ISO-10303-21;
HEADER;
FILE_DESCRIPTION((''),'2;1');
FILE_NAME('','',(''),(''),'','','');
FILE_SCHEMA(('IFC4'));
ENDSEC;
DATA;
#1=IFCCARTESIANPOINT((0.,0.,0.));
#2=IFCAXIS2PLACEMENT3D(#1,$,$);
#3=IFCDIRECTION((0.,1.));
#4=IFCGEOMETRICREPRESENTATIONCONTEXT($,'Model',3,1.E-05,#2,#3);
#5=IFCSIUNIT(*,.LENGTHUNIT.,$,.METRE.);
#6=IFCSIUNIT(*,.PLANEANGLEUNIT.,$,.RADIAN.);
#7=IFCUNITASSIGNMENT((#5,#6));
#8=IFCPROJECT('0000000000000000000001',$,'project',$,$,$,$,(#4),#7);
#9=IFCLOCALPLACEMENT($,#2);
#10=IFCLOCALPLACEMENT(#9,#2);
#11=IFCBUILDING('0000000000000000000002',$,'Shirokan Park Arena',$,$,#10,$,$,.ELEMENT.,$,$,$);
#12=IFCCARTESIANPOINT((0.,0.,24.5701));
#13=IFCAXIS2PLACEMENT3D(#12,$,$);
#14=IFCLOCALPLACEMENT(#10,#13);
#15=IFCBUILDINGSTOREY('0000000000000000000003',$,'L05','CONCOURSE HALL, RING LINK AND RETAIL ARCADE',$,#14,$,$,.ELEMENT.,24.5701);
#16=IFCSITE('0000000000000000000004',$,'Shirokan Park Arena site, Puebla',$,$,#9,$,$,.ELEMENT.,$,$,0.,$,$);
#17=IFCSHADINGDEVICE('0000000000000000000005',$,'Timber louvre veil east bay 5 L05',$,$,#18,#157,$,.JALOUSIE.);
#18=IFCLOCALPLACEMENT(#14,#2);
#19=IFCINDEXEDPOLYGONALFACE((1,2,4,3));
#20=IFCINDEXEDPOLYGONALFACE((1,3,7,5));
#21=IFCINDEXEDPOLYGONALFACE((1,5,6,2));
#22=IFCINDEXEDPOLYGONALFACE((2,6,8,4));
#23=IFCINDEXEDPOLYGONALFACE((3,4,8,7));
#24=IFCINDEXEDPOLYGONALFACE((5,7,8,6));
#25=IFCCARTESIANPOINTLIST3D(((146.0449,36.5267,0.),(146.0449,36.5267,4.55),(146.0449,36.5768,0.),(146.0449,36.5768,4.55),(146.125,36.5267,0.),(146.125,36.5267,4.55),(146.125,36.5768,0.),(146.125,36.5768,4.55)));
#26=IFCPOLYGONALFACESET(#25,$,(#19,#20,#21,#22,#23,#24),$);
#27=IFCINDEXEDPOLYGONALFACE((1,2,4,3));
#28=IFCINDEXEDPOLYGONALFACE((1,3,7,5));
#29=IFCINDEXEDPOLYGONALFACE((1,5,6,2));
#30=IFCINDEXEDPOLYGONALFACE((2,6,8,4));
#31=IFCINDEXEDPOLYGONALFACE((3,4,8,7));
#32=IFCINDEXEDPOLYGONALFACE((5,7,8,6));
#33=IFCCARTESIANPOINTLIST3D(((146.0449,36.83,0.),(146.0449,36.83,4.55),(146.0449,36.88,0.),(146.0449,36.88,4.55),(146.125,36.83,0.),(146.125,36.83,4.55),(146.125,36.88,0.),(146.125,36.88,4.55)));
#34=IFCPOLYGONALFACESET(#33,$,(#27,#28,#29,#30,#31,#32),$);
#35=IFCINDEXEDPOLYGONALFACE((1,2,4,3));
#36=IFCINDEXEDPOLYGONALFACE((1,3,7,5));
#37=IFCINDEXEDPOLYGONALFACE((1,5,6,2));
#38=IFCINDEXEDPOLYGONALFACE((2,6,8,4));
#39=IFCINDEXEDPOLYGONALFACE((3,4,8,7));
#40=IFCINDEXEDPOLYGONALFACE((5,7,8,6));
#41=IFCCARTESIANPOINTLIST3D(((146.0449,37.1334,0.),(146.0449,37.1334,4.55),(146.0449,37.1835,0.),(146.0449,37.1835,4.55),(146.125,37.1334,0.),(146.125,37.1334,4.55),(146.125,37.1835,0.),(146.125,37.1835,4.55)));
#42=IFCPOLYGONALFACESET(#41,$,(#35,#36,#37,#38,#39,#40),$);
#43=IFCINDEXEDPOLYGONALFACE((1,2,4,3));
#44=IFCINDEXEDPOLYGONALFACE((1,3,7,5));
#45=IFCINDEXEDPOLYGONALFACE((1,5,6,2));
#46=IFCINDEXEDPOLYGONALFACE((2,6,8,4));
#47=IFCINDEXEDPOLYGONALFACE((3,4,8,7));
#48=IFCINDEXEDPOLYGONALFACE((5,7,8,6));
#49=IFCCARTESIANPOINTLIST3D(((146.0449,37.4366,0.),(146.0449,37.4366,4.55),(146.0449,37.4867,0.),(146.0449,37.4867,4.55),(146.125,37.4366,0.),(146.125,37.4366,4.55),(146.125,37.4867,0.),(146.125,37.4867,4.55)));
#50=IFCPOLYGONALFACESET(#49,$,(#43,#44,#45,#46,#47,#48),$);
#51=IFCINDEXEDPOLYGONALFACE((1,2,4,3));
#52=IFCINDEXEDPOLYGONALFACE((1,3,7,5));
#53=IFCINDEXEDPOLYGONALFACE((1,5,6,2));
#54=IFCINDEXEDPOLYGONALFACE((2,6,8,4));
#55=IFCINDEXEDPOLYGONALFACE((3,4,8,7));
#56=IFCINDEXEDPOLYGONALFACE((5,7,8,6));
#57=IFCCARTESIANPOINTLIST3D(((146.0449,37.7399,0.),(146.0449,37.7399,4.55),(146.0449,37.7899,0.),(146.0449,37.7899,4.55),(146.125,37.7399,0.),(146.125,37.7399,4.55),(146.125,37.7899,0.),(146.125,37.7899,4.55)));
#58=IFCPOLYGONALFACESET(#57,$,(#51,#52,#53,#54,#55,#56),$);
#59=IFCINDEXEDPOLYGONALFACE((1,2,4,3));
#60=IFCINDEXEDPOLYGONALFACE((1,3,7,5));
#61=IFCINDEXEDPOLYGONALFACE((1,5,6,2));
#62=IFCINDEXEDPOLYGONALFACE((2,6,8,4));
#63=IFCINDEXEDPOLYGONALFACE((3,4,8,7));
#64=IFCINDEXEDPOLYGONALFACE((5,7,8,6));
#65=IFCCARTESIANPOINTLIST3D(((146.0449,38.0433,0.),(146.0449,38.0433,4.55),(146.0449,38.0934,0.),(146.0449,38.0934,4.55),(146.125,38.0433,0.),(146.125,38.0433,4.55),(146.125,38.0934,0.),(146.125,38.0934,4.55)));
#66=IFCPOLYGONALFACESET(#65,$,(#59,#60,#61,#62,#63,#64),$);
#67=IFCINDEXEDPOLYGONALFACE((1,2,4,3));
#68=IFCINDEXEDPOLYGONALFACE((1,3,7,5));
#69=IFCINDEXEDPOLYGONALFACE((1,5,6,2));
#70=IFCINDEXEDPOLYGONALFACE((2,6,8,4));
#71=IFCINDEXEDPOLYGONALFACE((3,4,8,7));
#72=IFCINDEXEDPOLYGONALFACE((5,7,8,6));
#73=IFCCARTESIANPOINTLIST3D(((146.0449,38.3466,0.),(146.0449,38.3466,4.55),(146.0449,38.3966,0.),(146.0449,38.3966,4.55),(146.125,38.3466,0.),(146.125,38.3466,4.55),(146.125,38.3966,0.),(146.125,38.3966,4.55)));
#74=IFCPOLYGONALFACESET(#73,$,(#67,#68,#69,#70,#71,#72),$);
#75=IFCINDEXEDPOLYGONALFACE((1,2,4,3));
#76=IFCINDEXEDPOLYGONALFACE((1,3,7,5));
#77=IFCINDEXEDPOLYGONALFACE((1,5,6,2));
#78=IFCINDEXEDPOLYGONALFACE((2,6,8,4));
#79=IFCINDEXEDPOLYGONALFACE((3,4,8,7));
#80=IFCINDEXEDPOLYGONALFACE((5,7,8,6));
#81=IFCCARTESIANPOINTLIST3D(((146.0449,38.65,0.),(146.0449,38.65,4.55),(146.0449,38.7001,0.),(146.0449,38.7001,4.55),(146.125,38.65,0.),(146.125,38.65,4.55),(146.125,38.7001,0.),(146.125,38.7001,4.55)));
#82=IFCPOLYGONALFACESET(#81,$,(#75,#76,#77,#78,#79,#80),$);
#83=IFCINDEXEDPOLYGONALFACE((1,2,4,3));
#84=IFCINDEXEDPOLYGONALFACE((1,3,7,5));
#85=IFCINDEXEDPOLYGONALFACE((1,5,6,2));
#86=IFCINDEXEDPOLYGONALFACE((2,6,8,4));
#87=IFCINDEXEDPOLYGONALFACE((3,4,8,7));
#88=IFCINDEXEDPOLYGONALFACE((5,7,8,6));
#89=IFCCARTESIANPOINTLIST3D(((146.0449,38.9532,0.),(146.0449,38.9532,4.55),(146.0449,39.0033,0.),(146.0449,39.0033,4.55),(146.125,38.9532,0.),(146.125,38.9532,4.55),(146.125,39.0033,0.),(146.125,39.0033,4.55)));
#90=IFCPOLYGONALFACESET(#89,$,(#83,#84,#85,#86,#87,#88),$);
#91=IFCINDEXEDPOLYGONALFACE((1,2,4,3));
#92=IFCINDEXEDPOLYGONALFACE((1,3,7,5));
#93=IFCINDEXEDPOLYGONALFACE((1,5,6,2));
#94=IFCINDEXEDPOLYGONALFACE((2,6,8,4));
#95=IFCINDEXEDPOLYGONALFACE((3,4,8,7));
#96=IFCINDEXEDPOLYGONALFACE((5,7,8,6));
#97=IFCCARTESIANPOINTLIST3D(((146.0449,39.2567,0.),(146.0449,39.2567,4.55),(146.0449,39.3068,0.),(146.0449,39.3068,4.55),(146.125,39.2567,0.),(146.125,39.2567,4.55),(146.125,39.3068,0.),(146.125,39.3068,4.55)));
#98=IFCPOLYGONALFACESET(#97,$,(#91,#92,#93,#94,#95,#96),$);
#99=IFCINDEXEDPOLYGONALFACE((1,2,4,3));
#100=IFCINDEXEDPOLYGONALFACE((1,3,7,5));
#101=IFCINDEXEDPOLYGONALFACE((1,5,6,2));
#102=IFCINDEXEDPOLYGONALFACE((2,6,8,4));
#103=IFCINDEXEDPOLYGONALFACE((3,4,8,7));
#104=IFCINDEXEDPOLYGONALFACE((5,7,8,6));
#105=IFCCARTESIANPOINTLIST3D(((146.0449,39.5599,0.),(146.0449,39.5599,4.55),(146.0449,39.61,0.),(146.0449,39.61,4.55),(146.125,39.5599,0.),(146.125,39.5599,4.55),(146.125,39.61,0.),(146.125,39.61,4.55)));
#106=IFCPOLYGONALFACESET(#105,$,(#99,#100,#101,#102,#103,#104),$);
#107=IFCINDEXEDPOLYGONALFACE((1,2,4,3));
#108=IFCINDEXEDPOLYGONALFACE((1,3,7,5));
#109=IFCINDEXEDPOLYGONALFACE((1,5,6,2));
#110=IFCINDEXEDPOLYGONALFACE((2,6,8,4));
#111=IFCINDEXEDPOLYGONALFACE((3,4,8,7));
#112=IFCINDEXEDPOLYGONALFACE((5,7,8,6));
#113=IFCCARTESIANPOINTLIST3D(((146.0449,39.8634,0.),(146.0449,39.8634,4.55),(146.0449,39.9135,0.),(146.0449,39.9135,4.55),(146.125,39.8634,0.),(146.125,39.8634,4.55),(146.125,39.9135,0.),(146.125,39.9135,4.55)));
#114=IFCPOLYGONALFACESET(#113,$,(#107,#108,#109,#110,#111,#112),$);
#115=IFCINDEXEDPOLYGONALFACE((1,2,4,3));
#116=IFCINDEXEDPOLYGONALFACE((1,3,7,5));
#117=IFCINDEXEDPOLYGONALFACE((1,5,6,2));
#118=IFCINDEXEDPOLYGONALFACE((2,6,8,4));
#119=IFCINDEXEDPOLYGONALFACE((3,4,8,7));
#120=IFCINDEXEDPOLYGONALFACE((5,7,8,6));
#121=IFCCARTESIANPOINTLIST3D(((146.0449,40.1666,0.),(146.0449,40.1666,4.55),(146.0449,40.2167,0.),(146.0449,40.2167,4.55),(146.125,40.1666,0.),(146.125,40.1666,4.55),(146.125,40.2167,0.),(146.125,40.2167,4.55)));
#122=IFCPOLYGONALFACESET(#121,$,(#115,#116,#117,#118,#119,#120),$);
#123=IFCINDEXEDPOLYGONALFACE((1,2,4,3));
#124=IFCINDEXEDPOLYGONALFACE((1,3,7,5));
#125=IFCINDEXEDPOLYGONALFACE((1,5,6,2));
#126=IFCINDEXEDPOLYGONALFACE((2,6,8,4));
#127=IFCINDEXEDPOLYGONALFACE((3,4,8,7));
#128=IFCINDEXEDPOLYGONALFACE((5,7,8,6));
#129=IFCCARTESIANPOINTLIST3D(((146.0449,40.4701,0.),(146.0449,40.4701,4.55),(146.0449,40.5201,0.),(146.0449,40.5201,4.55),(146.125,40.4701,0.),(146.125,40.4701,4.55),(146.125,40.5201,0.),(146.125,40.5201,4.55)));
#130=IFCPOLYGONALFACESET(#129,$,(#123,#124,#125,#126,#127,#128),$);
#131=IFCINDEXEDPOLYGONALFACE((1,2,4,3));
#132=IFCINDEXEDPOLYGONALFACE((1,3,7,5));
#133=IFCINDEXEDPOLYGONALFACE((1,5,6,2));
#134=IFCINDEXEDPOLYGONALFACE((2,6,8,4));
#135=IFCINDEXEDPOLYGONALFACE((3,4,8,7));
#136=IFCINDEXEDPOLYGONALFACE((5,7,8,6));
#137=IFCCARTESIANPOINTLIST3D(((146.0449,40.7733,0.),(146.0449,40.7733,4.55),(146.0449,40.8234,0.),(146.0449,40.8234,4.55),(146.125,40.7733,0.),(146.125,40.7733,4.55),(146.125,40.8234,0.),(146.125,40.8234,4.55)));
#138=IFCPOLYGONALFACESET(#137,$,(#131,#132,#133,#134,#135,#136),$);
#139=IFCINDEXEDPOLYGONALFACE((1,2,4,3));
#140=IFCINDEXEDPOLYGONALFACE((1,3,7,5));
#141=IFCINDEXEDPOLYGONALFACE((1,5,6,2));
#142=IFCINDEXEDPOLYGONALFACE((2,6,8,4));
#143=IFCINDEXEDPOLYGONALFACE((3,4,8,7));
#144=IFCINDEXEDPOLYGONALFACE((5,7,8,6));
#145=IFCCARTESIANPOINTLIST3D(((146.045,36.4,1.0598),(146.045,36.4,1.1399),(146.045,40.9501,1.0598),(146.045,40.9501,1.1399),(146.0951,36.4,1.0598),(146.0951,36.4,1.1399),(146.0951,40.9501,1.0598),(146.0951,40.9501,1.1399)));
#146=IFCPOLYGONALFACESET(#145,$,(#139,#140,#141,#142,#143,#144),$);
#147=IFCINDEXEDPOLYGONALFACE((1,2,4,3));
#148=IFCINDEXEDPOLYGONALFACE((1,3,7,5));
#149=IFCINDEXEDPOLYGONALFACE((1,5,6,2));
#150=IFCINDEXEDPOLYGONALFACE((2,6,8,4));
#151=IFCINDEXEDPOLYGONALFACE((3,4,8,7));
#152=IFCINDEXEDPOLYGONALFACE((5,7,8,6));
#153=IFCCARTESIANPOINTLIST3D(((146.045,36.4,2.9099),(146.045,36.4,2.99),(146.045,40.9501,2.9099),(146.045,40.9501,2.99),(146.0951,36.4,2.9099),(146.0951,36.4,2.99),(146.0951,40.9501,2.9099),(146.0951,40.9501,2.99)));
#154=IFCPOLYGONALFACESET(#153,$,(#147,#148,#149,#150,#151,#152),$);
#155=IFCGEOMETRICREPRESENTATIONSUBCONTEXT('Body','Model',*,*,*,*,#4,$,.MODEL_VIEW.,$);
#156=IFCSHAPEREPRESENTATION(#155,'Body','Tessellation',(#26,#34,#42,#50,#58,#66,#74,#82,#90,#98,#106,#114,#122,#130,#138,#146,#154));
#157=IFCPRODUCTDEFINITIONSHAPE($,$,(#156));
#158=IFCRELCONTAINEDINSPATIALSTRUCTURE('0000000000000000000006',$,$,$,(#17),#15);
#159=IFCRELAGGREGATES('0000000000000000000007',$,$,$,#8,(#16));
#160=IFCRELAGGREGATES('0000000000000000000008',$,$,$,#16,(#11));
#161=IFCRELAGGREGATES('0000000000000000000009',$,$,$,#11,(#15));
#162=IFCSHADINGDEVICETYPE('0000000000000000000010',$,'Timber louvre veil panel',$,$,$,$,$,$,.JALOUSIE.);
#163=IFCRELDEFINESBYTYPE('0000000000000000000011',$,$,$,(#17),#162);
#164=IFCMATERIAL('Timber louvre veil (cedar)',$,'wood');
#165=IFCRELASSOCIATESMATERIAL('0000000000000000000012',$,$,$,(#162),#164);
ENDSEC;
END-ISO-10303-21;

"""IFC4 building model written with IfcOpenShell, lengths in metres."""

from ifc_helpers import new_model, si_unit, direction, frame, origin, origin_2d, place, context, subcontext, project, spatial, rectangle, extrude, material, type_object, element, save


model = new_model("IFC4")

# Units and contexts
model_context = context("Model", 3, precision=1e-05, world=origin(), true_north=direction((0.0, 1.0)))
body_context = subcontext(model_context, "Body", "Model", "MODEL_VIEW")
ifc_project = project(units=[si_unit("LENGTHUNIT", "METRE"), si_unit("PLANEANGLEUNIT", "RADIAN")], contexts=[model_context])

# Site, building, storey
site_placement = place(None, origin())
site = spatial("IfcSite", under=ifc_project, at=site_placement, Name="Shirokan Park Arena site, Puebla", CompositionType="ELEMENT", RefElevation=0.0)
building_placement = place(site_placement, origin())
building = spatial("IfcBuilding", under=site, at=building_placement, Name="Shirokan Park Arena", CompositionType="ELEMENT")
storey_placement = place(building_placement, frame((0.0, 0.0, 24.5701)))
storey = spatial("IfcBuildingStorey", under=building, at=storey_placement, Name="L05", Description="CONCOURSE HALL, RING LINK AND RETAIL ARCADE", CompositionType="ELEMENT", Elevation=24.5701)

# Shading device
ifc_material_1 = material(Name="Timber louvre veil (cedar)", Category="wood")
shading_device_type = type_object("IfcShadingDeviceType", Name="Timber louvre veil panel", PredefinedType="JALOUSIE", material=ifc_material_1)
shading_device_1_placement = place(storey_placement, origin())
element("IfcShadingDevice", 1, at=shading_device_1_placement, inside=storey, type_object=shading_device_type, Name="Timber louvre veil east bay 5 L05", PredefinedType="JALOUSIE", context=body_context, shape_type="SweptSolid", body=[
    extrude(rectangle(XDim=0.05, YDim=0.0801, at=origin_2d()), frame((146.085, 36.5518, 0.0), z_axis=(0.0, 0.0, 1.0), x_axis=(0.0, 1.0, 0.0)), (0.0, 0.0, 1.0), 4.55),
    extrude(rectangle(XDim=0.05, YDim=0.0801, at=origin_2d()), frame((146.085, 36.855, 0.0), z_axis=(0.0, 0.0, 1.0), x_axis=(0.0, 1.0, 0.0)), (0.0, 0.0, 1.0), 4.55),
    extrude(rectangle(XDim=0.05, YDim=0.0801, at=origin_2d()), frame((146.085, 37.1584, 0.0), z_axis=(0.0, 0.0, 1.0), x_axis=(0.0, 1.0, 0.0)), (0.0, 0.0, 1.0), 4.55),
    extrude(rectangle(XDim=0.05, YDim=0.0801, at=origin_2d()), frame((146.085, 37.4617, 0.0), z_axis=(0.0, 0.0, 1.0), x_axis=(0.0, 1.0, 0.0)), (0.0, 0.0, 1.0), 4.55),
    extrude(rectangle(XDim=0.05, YDim=0.0801, at=origin_2d()), frame((146.085, 37.7649, 0.0), z_axis=(0.0, 0.0, 1.0), x_axis=(0.0, 1.0, 0.0)), (0.0, 0.0, 1.0), 4.55),
    extrude(rectangle(XDim=0.05, YDim=0.0801, at=origin_2d()), frame((146.085, 38.0684, 0.0), z_axis=(0.0, 0.0, 1.0), x_axis=(0.0, 1.0, 0.0)), (0.0, 0.0, 1.0), 4.55),
    extrude(rectangle(XDim=0.05, YDim=0.0801, at=origin_2d()), frame((146.085, 38.3716, 0.0), z_axis=(0.0, 0.0, 1.0), x_axis=(0.0, 1.0, 0.0)), (0.0, 0.0, 1.0), 4.55),
    extrude(rectangle(XDim=0.05, YDim=0.0801, at=origin_2d()), frame((146.085, 38.675, 0.0), z_axis=(0.0, 0.0, 1.0), x_axis=(0.0, 1.0, 0.0)), (0.0, 0.0, 1.0), 4.55),
    extrude(rectangle(XDim=0.05, YDim=0.0801, at=origin_2d()), frame((146.085, 38.9783, 0.0), z_axis=(0.0, 0.0, 1.0), x_axis=(0.0, 1.0, 0.0)), (0.0, 0.0, 1.0), 4.55),
    extrude(rectangle(XDim=0.05, YDim=0.0801, at=origin_2d()), frame((146.085, 39.2817, 0.0), z_axis=(0.0, 0.0, 1.0), x_axis=(0.0, 1.0, 0.0)), (0.0, 0.0, 1.0), 4.55),
    extrude(rectangle(XDim=0.05, YDim=0.0801, at=origin_2d()), frame((146.085, 39.585, 0.0), z_axis=(0.0, 0.0, 1.0), x_axis=(0.0, 1.0, 0.0)), (0.0, 0.0, 1.0), 4.55),
    extrude(rectangle(XDim=0.05, YDim=0.0801, at=origin_2d()), frame((146.085, 39.8884, 0.0), z_axis=(0.0, 0.0, 1.0), x_axis=(0.0, 1.0, 0.0)), (0.0, 0.0, 1.0), 4.55),
    extrude(rectangle(XDim=0.05, YDim=0.0801, at=origin_2d()), frame((146.085, 40.1917, 0.0), z_axis=(0.0, 0.0, 1.0), x_axis=(0.0, 1.0, 0.0)), (0.0, 0.0, 1.0), 4.55),
    extrude(rectangle(XDim=0.05, YDim=0.0801, at=origin_2d()), frame((146.085, 40.4951, 0.0), z_axis=(0.0, 0.0, 1.0), x_axis=(0.0, 1.0, 0.0)), (0.0, 0.0, 1.0), 4.55),
    extrude(rectangle(XDim=0.05, YDim=0.0801, at=origin_2d()), frame((146.085, 40.7983, 0.0), z_axis=(0.0, 0.0, 1.0), x_axis=(0.0, 1.0, 0.0)), (0.0, 0.0, 1.0), 4.55),
    extrude(rectangle(XDim=4.55, YDim=0.05, at=origin_2d()), frame((146.0701, 38.675, 1.0598), z_axis=(0.0, 0.0, 1.0), x_axis=(0.0, 1.0, 0.0)), (0.0, 0.0, 1.0), 0.0801),
    extrude(rectangle(XDim=4.55, YDim=0.05, at=origin_2d()), frame((146.0701, 38.675, 2.9099), z_axis=(0.0, 0.0, 1.0), x_axis=(0.0, 1.0, 0.0)), (0.0, 0.0, 1.0), 0.0801),
])

save(model, "model.ifc")
